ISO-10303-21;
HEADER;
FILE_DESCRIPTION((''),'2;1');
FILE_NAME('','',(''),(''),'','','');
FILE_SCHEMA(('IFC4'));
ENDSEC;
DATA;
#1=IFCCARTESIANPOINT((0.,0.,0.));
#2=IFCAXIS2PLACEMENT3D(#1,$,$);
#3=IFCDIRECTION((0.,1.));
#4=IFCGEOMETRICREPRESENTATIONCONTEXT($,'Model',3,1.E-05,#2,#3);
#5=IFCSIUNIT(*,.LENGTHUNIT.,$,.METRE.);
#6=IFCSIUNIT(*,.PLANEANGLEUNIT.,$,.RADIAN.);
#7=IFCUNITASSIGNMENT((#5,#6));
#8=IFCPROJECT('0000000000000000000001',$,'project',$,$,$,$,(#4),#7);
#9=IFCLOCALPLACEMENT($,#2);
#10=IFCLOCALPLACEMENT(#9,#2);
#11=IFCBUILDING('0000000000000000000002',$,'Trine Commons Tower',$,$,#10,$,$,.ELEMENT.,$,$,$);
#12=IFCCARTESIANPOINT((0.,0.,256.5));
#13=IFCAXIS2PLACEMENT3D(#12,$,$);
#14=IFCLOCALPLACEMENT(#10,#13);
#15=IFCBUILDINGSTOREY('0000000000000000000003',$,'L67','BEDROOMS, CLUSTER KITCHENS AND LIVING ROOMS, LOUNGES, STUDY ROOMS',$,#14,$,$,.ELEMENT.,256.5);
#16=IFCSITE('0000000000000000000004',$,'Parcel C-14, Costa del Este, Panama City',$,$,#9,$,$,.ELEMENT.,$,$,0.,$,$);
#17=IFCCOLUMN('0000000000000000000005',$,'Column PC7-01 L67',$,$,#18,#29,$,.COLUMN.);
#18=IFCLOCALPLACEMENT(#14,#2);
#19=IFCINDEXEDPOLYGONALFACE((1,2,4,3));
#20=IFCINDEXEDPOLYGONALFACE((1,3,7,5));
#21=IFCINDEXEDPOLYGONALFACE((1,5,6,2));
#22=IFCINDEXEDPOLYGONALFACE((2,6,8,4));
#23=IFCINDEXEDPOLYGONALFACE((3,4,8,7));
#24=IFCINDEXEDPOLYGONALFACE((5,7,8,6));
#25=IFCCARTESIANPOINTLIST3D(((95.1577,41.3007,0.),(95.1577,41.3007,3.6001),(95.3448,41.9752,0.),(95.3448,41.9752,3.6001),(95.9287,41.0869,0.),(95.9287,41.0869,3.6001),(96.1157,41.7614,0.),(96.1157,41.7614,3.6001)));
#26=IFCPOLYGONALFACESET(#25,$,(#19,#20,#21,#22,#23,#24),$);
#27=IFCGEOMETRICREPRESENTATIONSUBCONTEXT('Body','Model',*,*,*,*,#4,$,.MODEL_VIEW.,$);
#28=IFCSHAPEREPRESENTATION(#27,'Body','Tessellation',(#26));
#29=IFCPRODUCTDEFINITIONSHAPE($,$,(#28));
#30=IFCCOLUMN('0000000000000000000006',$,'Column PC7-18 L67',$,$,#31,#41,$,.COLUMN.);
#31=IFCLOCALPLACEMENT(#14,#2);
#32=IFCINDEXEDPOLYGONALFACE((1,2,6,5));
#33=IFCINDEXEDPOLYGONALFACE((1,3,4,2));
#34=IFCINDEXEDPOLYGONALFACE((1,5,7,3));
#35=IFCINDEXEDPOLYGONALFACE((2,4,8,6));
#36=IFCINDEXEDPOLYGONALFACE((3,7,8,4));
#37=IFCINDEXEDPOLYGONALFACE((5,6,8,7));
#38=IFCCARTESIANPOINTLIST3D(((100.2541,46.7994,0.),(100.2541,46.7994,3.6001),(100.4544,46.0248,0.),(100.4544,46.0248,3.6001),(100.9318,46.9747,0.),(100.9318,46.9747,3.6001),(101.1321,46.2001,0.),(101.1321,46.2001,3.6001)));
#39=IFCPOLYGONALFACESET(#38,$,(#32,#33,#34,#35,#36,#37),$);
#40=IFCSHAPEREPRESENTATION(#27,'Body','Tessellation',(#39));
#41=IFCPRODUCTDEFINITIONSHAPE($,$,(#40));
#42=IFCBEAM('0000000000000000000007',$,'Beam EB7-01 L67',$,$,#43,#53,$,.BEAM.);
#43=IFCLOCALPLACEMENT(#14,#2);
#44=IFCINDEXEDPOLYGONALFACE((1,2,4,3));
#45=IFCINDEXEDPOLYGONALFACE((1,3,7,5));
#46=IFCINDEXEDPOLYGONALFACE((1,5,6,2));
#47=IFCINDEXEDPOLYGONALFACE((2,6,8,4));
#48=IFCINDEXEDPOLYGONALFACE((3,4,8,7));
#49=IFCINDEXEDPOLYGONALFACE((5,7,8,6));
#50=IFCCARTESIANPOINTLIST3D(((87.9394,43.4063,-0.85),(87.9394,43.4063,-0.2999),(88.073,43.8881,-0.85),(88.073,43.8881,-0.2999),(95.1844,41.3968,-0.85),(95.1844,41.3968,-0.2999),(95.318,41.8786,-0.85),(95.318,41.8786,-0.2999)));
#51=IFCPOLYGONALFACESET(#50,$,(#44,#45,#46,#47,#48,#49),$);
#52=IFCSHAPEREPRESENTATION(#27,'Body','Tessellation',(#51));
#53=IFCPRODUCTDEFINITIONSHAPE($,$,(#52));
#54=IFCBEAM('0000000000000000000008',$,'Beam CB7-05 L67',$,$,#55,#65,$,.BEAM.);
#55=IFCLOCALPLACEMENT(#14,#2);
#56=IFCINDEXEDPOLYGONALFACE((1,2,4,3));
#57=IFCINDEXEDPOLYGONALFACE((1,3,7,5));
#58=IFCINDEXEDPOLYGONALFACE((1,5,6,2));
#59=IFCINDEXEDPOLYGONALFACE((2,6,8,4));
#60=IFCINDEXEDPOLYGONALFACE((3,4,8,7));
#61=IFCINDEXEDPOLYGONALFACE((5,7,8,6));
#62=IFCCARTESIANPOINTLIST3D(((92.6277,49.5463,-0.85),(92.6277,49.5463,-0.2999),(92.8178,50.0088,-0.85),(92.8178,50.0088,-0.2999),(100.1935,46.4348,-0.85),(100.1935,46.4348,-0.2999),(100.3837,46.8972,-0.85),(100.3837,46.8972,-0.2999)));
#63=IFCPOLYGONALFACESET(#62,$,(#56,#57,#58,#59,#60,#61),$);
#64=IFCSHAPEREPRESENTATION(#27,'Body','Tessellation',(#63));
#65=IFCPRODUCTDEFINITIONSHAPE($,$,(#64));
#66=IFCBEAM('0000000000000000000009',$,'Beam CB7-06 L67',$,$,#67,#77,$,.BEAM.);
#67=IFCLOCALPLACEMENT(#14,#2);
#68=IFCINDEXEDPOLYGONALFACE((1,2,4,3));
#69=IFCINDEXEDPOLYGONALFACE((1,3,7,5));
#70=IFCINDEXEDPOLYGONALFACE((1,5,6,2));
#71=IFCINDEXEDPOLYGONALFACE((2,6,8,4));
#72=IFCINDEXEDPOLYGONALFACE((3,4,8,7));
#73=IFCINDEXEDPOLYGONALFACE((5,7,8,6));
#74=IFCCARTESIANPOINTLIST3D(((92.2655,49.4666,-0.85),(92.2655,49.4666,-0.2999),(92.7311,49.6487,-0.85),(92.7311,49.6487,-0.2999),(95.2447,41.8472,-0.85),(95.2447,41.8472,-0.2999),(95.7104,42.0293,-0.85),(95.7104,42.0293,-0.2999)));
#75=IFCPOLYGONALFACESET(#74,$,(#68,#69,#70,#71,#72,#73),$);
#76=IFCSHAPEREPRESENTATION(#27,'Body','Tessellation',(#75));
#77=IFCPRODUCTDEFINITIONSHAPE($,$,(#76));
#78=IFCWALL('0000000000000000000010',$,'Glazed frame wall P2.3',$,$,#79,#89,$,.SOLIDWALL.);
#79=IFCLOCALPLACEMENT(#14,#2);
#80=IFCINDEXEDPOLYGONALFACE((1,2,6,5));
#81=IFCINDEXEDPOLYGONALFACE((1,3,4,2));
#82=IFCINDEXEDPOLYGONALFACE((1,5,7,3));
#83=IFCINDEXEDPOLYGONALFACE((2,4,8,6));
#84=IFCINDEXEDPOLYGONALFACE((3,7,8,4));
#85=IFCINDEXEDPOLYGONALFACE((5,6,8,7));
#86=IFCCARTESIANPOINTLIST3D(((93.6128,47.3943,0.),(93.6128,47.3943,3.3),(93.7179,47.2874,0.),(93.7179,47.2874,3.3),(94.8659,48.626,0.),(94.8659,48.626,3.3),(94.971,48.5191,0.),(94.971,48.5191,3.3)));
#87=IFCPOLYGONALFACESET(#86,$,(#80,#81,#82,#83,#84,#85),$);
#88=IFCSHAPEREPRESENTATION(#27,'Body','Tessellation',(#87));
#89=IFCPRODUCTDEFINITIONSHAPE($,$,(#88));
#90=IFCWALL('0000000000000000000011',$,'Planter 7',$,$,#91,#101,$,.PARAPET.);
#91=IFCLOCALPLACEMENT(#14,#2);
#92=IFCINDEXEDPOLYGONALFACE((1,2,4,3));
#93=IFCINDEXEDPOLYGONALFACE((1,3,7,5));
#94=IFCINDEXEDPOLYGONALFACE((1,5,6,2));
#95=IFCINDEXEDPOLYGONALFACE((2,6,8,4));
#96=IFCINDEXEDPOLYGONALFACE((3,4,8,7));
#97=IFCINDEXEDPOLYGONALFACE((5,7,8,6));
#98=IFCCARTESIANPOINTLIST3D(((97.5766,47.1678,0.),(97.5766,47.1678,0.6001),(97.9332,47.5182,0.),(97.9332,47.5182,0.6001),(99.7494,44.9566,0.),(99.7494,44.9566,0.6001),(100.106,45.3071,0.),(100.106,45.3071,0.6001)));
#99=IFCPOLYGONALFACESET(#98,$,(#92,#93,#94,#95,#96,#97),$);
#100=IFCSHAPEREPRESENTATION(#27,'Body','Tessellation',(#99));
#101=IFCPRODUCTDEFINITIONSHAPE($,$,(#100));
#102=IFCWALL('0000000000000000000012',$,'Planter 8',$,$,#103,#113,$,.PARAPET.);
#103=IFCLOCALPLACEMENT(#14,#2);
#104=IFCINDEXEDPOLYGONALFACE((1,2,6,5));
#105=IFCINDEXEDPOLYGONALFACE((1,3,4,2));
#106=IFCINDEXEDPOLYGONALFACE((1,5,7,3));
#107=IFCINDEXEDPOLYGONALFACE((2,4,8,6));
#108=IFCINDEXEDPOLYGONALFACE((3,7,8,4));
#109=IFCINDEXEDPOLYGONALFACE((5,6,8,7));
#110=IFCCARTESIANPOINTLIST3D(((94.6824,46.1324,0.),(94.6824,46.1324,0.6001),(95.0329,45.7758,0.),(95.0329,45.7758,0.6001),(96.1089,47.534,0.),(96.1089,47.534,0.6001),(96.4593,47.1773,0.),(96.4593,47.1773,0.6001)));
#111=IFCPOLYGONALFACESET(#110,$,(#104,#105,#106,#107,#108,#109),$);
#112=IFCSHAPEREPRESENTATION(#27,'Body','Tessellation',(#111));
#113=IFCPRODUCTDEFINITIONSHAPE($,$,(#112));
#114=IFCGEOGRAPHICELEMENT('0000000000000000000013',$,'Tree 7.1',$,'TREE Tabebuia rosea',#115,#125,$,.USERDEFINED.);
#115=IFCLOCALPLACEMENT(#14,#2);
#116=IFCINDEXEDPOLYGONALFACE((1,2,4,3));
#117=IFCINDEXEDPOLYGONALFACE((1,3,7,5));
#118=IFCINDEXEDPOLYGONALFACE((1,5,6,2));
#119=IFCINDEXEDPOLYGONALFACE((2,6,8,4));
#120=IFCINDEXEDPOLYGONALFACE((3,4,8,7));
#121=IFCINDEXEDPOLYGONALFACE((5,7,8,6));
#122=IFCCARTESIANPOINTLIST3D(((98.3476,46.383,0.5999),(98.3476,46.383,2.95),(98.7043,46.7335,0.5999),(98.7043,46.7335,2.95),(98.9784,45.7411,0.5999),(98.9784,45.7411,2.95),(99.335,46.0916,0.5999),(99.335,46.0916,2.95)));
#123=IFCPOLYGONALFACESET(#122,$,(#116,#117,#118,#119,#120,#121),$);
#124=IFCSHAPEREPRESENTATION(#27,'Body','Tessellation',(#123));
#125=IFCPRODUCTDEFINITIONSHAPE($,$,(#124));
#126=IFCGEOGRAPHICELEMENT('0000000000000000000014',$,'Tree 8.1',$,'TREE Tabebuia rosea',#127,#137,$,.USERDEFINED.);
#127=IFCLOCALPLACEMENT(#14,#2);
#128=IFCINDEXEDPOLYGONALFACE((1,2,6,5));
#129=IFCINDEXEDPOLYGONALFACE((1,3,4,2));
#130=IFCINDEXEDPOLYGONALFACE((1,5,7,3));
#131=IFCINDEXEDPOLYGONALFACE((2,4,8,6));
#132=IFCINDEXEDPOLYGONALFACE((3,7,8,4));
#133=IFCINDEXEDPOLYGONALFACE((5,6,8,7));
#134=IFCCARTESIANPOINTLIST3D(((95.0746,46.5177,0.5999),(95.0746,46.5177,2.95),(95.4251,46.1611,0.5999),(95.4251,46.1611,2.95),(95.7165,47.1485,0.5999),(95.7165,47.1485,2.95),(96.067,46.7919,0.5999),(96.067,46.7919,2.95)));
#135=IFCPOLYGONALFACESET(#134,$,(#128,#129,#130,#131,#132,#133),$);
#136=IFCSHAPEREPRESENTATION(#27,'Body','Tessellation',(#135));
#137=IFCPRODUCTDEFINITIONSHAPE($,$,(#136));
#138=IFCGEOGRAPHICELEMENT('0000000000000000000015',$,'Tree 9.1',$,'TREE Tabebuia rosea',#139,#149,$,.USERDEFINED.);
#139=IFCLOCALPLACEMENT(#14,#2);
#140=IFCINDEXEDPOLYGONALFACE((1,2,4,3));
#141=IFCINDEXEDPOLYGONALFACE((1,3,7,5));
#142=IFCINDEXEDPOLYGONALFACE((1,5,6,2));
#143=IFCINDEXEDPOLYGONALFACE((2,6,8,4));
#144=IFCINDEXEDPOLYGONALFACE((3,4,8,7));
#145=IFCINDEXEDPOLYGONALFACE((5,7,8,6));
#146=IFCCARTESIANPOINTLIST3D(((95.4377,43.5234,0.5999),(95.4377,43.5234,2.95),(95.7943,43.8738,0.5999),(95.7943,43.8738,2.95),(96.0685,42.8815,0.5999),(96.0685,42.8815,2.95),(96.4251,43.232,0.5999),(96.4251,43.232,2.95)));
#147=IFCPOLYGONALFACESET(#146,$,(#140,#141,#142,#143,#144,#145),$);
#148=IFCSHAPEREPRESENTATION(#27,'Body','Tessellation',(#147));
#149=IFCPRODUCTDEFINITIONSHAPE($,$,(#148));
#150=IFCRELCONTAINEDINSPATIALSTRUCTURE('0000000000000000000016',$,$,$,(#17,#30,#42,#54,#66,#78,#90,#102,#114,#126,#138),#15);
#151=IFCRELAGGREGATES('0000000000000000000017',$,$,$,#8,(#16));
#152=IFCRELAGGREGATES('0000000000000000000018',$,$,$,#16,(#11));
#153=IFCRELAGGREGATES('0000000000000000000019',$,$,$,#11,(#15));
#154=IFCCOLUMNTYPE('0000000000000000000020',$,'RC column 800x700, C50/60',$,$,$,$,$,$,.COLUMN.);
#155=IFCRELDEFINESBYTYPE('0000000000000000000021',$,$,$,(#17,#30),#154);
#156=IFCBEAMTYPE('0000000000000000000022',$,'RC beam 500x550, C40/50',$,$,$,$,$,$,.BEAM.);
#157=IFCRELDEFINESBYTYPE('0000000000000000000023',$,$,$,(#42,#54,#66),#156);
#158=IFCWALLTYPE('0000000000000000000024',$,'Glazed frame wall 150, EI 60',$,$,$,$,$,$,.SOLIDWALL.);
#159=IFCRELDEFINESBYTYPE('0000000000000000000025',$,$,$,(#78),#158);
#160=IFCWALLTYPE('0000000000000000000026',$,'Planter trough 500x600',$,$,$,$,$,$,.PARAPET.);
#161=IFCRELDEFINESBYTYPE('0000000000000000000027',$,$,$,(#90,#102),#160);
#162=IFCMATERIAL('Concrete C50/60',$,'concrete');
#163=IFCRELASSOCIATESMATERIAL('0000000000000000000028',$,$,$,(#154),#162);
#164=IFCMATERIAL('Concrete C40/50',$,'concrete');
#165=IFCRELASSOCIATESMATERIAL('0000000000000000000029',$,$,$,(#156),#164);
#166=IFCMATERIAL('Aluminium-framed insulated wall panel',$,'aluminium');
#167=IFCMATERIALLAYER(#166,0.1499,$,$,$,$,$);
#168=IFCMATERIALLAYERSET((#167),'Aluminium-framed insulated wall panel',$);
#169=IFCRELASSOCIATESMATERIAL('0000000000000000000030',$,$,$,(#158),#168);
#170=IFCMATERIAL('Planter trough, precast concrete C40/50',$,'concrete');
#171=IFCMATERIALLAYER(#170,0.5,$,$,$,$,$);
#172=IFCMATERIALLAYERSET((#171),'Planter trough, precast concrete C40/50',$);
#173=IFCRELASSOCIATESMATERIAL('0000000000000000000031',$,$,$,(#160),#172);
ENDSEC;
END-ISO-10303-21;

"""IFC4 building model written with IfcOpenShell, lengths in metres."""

from ifc_helpers import new_model, si_unit, direction, frame, frame_2d, origin, origin_2d, place, context, subcontext, project, spatial, polyline, rectangle, outline, extrude, material, layer, layer_set, material_profile, profile_set, type_object, element, save


model = new_model("IFC4")

# Units and contexts
model_context = context("Model", 3, precision=1e-05, world=origin(), true_north=direction((0.0, 1.0)))
body_context = subcontext(model_context, "Body", "Model", "MODEL_VIEW")
ifc_project = project(units=[si_unit("LENGTHUNIT", "METRE"), si_unit("PLANEANGLEUNIT", "RADIAN")], contexts=[model_context])

# Site, building, storey
site_placement = place(None, origin())
site = spatial("IfcSite", under=ifc_project, at=site_placement, Name="Parcel C-14, Costa del Este, Panama City", CompositionType="ELEMENT", RefElevation=0.0)
building_placement = place(site_placement, origin())
building = spatial("IfcBuilding", under=site, at=building_placement, Name="Trine Commons Tower", CompositionType="ELEMENT")
storey_placement = place(building_placement, frame((0.0, 0.0, 256.5)))
storey = spatial("IfcBuildingStorey", under=building, at=storey_placement, Name="L67", Description="BEDROOMS, CLUSTER KITCHENS AND LIVING ROOMS, LOUNGES, STUDY ROOMS", CompositionType="ELEMENT", Elevation=256.5)

# Columns
ifc_material_1 = material(Name="Concrete C50/60", Category="concrete")
ifc_material_profile_1 = material_profile(ifc_material_1, rectangle(XDim=0.8, YDim=0.7, at=origin_2d()), Name="RC 800x700")
ifc_profile_set_1 = profile_set([ifc_material_profile_1], Name="Concrete C50/60")
column_type = type_object("IfcColumnType", Name="RC column 800x700, C50/60", PredefinedType="COLUMN", material=ifc_profile_set_1)
for number, where, z_axis, x_axis, name in (
    (1, (95.6367, 41.531, 0.0), (0.0, 0.0, 1.0), (-0.96363, 0.267238, 0.0), "Column PC7-01 L67"),
    (2, (100.6931, 46.4998, 0.0), (0.0, 0.0, 1.0), (-0.25038, 0.968148, 0.0), "Column PC7-18 L67"),
):
    element("IfcColumn", number, at=place(storey_placement, frame(where, z_axis=z_axis, x_axis=x_axis)), inside=storey, type_object=column_type, Name=name, PredefinedType="COLUMN", context=body_context, shape_type="SweptSolid", body=[
        extrude(rectangle(XDim=0.8, YDim=0.7, at=origin_2d()), origin(), (0.0, 0.0, 1.0), 3.6001),
    ])

# Beams
ifc_material_2 = material(Name="Concrete C40/50", Category="concrete")
ifc_material_profile_2 = material_profile(ifc_material_2, rectangle(XDim=0.5, YDim=0.55, at=origin_2d()), Name="RC 500x550")
ifc_profile_set_2 = profile_set([ifc_material_profile_2], Name="Concrete C40/50")
beam_type = type_object("IfcBeamType", Name="RC beam 500x550, C40/50", PredefinedType="BEAM", material=ifc_profile_set_2)
beam_1_placement = place(storey_placement, frame((95.2512, 41.6377, -0.575), z_axis=(-0.963621, 0.267272, 0.0), x_axis=(-0.267272, -0.963621, 0.0)))
element("IfcBeam", 3, at=beam_1_placement, inside=storey, type_object=beam_type, Name="Beam EB7-01 L67", PredefinedType="BEAM", context=body_context, shape_type="SweptSolid", body=[
    extrude(rectangle(XDim=0.5, YDim=0.55, at=origin_2d()), origin(), (0.0, 0.0, 1.0), 7.5186),
])
beam_2_placement = place(storey_placement, frame((100.2886, 46.666, -0.575), z_axis=(-0.924842, 0.380352, 0.0), x_axis=(-0.380352, -0.924842, 0.0)))
element("IfcBeam", 4, at=beam_2_placement, inside=storey, type_object=beam_type, Name="Beam CB7-05 L67", PredefinedType="BEAM", context=body_context, shape_type="SweptSolid", body=[
    extrude(rectangle(XDim=0.5, YDim=0.55, at=origin_2d()), origin(), (0.0, 0.0, 1.0), 8.1807),
])
beam_3_placement = place(storey_placement, frame((95.4775, 41.9382, -0.575), z_axis=(-0.364161, 0.931336, 0.0), x_axis=(-0.931336, -0.364161, 0.0)))
element("IfcBeam", 5, at=beam_3_placement, inside=storey, type_object=beam_type, Name="Beam CB7-06 L67", PredefinedType="BEAM", context=body_context, shape_type="SweptSolid", body=[
    extrude(rectangle(XDim=0.5, YDim=0.55, at=origin_2d()), origin(), (0.0, 0.0, 1.0), 8.1812),
])

# Walls
ifc_material_3 = material(Name="Aluminium-framed insulated wall panel", Category="aluminium")
ifc_layer_1 = layer(ifc_material_3, 0.1499)
ifc_layer_set_1 = layer_set([ifc_layer_1], Name="Aluminium-framed insulated wall panel")
wall_type_1 = type_object("IfcWallType", Name="Glazed frame wall 150, EI 60", PredefinedType="SOLIDWALL", material=ifc_layer_set_1)
wall_1_placement = place(storey_placement, frame((94.9185, 48.5725, 0.0), z_axis=(0.0, 0.0, 1.0), x_axis=(-0.713194, -0.700967, 0.0)))
element("IfcWall", 6, at=wall_1_placement, inside=storey, type_object=wall_type_1, Name="Glazed frame wall P2.3", PredefinedType="SOLIDWALL", context=body_context, shape_type="SweptSolid", body=[
    extrude(outline(polyline([(0.0, -0.075), (1.7571, -0.075), (1.7571, 0.075), (0.0, 0.075), (0.0, -0.075)])), origin(), (0.0, 0.0, 1.0), 3.3),
])
ifc_material_4 = material(Name="Planter trough, precast concrete C40/50", Category="concrete")
ifc_layer_2 = layer(ifc_material_4, 0.5)
ifc_layer_set_2 = layer_set([ifc_layer_2], Name="Planter trough, precast concrete C40/50")
wall_type_2 = type_object("IfcWallType", Name="Planter trough 500x600", PredefinedType="PARAPET", material=ifc_layer_set_2)
wall_2_placement = place(storey_placement, frame((99.9277, 45.1318, 0.0), z_axis=(0.0, 0.0, 1.0), x_axis=(-0.700898, 0.713262, 0.0)))
element("IfcWall", 7, at=wall_2_placement, inside=storey, type_object=wall_type_2, Name="Planter 7", PredefinedType="PARAPET", context=body_context, shape_type="SweptSolid", body=[
    extrude(rectangle(XDim=3.1001, YDim=0.5, at=frame_2d((1.55, 0.0))), origin(), (0.0, 0.0, 1.0), 0.6001),
])
wall_3_placement = place(storey_placement, frame((96.2842, 47.3557, 0.0), z_axis=(0.0, 0.0, 1.0), x_axis=(-0.713305, -0.700853, 0.0)))
element("IfcWall", 8, at=wall_3_placement, inside=storey, type_object=wall_type_2, Name="Planter 8", PredefinedType="PARAPET", context=body_context, shape_type="SweptSolid", body=[
    extrude(rectangle(XDim=1.9998, YDim=0.5, at=frame_2d((1.0, 0.0))), origin(), (0.0, 0.0, 1.0), 0.6001),
])

# Geographic elements
for number, where, z_axis, x_axis, name in (
    (9, (98.8413, 46.2373, 0.5999), (0.0, 0.0, 1.0), (-0.700898, 0.713261, 0.0), "Tree 7.1"),
    (10, (95.5708, 46.6548, 0.5999), (0.0, 0.0, 1.0), (-0.713239, -0.70092, 0.0), "Tree 8.1"),
    (11, (95.9314, 43.3777, 0.5999), (0.0, 0.0, 1.0), (0.700898, -0.713261, 0.0), "Tree 9.1"),
):
    element("IfcGeographicElement", number, at=place(storey_placement, frame(where, z_axis=z_axis, x_axis=x_axis)), inside=storey, Name=name, ObjectType="TREE Tabebuia rosea", PredefinedType="USERDEFINED", context=body_context, shape_type="SweptSolid", body=[
        extrude(rectangle(XDim=0.8999, YDim=0.5, at=origin_2d()), origin(), (0.0, 0.0, 1.0), 2.3501),
    ])

save(model, "model.ifc")
